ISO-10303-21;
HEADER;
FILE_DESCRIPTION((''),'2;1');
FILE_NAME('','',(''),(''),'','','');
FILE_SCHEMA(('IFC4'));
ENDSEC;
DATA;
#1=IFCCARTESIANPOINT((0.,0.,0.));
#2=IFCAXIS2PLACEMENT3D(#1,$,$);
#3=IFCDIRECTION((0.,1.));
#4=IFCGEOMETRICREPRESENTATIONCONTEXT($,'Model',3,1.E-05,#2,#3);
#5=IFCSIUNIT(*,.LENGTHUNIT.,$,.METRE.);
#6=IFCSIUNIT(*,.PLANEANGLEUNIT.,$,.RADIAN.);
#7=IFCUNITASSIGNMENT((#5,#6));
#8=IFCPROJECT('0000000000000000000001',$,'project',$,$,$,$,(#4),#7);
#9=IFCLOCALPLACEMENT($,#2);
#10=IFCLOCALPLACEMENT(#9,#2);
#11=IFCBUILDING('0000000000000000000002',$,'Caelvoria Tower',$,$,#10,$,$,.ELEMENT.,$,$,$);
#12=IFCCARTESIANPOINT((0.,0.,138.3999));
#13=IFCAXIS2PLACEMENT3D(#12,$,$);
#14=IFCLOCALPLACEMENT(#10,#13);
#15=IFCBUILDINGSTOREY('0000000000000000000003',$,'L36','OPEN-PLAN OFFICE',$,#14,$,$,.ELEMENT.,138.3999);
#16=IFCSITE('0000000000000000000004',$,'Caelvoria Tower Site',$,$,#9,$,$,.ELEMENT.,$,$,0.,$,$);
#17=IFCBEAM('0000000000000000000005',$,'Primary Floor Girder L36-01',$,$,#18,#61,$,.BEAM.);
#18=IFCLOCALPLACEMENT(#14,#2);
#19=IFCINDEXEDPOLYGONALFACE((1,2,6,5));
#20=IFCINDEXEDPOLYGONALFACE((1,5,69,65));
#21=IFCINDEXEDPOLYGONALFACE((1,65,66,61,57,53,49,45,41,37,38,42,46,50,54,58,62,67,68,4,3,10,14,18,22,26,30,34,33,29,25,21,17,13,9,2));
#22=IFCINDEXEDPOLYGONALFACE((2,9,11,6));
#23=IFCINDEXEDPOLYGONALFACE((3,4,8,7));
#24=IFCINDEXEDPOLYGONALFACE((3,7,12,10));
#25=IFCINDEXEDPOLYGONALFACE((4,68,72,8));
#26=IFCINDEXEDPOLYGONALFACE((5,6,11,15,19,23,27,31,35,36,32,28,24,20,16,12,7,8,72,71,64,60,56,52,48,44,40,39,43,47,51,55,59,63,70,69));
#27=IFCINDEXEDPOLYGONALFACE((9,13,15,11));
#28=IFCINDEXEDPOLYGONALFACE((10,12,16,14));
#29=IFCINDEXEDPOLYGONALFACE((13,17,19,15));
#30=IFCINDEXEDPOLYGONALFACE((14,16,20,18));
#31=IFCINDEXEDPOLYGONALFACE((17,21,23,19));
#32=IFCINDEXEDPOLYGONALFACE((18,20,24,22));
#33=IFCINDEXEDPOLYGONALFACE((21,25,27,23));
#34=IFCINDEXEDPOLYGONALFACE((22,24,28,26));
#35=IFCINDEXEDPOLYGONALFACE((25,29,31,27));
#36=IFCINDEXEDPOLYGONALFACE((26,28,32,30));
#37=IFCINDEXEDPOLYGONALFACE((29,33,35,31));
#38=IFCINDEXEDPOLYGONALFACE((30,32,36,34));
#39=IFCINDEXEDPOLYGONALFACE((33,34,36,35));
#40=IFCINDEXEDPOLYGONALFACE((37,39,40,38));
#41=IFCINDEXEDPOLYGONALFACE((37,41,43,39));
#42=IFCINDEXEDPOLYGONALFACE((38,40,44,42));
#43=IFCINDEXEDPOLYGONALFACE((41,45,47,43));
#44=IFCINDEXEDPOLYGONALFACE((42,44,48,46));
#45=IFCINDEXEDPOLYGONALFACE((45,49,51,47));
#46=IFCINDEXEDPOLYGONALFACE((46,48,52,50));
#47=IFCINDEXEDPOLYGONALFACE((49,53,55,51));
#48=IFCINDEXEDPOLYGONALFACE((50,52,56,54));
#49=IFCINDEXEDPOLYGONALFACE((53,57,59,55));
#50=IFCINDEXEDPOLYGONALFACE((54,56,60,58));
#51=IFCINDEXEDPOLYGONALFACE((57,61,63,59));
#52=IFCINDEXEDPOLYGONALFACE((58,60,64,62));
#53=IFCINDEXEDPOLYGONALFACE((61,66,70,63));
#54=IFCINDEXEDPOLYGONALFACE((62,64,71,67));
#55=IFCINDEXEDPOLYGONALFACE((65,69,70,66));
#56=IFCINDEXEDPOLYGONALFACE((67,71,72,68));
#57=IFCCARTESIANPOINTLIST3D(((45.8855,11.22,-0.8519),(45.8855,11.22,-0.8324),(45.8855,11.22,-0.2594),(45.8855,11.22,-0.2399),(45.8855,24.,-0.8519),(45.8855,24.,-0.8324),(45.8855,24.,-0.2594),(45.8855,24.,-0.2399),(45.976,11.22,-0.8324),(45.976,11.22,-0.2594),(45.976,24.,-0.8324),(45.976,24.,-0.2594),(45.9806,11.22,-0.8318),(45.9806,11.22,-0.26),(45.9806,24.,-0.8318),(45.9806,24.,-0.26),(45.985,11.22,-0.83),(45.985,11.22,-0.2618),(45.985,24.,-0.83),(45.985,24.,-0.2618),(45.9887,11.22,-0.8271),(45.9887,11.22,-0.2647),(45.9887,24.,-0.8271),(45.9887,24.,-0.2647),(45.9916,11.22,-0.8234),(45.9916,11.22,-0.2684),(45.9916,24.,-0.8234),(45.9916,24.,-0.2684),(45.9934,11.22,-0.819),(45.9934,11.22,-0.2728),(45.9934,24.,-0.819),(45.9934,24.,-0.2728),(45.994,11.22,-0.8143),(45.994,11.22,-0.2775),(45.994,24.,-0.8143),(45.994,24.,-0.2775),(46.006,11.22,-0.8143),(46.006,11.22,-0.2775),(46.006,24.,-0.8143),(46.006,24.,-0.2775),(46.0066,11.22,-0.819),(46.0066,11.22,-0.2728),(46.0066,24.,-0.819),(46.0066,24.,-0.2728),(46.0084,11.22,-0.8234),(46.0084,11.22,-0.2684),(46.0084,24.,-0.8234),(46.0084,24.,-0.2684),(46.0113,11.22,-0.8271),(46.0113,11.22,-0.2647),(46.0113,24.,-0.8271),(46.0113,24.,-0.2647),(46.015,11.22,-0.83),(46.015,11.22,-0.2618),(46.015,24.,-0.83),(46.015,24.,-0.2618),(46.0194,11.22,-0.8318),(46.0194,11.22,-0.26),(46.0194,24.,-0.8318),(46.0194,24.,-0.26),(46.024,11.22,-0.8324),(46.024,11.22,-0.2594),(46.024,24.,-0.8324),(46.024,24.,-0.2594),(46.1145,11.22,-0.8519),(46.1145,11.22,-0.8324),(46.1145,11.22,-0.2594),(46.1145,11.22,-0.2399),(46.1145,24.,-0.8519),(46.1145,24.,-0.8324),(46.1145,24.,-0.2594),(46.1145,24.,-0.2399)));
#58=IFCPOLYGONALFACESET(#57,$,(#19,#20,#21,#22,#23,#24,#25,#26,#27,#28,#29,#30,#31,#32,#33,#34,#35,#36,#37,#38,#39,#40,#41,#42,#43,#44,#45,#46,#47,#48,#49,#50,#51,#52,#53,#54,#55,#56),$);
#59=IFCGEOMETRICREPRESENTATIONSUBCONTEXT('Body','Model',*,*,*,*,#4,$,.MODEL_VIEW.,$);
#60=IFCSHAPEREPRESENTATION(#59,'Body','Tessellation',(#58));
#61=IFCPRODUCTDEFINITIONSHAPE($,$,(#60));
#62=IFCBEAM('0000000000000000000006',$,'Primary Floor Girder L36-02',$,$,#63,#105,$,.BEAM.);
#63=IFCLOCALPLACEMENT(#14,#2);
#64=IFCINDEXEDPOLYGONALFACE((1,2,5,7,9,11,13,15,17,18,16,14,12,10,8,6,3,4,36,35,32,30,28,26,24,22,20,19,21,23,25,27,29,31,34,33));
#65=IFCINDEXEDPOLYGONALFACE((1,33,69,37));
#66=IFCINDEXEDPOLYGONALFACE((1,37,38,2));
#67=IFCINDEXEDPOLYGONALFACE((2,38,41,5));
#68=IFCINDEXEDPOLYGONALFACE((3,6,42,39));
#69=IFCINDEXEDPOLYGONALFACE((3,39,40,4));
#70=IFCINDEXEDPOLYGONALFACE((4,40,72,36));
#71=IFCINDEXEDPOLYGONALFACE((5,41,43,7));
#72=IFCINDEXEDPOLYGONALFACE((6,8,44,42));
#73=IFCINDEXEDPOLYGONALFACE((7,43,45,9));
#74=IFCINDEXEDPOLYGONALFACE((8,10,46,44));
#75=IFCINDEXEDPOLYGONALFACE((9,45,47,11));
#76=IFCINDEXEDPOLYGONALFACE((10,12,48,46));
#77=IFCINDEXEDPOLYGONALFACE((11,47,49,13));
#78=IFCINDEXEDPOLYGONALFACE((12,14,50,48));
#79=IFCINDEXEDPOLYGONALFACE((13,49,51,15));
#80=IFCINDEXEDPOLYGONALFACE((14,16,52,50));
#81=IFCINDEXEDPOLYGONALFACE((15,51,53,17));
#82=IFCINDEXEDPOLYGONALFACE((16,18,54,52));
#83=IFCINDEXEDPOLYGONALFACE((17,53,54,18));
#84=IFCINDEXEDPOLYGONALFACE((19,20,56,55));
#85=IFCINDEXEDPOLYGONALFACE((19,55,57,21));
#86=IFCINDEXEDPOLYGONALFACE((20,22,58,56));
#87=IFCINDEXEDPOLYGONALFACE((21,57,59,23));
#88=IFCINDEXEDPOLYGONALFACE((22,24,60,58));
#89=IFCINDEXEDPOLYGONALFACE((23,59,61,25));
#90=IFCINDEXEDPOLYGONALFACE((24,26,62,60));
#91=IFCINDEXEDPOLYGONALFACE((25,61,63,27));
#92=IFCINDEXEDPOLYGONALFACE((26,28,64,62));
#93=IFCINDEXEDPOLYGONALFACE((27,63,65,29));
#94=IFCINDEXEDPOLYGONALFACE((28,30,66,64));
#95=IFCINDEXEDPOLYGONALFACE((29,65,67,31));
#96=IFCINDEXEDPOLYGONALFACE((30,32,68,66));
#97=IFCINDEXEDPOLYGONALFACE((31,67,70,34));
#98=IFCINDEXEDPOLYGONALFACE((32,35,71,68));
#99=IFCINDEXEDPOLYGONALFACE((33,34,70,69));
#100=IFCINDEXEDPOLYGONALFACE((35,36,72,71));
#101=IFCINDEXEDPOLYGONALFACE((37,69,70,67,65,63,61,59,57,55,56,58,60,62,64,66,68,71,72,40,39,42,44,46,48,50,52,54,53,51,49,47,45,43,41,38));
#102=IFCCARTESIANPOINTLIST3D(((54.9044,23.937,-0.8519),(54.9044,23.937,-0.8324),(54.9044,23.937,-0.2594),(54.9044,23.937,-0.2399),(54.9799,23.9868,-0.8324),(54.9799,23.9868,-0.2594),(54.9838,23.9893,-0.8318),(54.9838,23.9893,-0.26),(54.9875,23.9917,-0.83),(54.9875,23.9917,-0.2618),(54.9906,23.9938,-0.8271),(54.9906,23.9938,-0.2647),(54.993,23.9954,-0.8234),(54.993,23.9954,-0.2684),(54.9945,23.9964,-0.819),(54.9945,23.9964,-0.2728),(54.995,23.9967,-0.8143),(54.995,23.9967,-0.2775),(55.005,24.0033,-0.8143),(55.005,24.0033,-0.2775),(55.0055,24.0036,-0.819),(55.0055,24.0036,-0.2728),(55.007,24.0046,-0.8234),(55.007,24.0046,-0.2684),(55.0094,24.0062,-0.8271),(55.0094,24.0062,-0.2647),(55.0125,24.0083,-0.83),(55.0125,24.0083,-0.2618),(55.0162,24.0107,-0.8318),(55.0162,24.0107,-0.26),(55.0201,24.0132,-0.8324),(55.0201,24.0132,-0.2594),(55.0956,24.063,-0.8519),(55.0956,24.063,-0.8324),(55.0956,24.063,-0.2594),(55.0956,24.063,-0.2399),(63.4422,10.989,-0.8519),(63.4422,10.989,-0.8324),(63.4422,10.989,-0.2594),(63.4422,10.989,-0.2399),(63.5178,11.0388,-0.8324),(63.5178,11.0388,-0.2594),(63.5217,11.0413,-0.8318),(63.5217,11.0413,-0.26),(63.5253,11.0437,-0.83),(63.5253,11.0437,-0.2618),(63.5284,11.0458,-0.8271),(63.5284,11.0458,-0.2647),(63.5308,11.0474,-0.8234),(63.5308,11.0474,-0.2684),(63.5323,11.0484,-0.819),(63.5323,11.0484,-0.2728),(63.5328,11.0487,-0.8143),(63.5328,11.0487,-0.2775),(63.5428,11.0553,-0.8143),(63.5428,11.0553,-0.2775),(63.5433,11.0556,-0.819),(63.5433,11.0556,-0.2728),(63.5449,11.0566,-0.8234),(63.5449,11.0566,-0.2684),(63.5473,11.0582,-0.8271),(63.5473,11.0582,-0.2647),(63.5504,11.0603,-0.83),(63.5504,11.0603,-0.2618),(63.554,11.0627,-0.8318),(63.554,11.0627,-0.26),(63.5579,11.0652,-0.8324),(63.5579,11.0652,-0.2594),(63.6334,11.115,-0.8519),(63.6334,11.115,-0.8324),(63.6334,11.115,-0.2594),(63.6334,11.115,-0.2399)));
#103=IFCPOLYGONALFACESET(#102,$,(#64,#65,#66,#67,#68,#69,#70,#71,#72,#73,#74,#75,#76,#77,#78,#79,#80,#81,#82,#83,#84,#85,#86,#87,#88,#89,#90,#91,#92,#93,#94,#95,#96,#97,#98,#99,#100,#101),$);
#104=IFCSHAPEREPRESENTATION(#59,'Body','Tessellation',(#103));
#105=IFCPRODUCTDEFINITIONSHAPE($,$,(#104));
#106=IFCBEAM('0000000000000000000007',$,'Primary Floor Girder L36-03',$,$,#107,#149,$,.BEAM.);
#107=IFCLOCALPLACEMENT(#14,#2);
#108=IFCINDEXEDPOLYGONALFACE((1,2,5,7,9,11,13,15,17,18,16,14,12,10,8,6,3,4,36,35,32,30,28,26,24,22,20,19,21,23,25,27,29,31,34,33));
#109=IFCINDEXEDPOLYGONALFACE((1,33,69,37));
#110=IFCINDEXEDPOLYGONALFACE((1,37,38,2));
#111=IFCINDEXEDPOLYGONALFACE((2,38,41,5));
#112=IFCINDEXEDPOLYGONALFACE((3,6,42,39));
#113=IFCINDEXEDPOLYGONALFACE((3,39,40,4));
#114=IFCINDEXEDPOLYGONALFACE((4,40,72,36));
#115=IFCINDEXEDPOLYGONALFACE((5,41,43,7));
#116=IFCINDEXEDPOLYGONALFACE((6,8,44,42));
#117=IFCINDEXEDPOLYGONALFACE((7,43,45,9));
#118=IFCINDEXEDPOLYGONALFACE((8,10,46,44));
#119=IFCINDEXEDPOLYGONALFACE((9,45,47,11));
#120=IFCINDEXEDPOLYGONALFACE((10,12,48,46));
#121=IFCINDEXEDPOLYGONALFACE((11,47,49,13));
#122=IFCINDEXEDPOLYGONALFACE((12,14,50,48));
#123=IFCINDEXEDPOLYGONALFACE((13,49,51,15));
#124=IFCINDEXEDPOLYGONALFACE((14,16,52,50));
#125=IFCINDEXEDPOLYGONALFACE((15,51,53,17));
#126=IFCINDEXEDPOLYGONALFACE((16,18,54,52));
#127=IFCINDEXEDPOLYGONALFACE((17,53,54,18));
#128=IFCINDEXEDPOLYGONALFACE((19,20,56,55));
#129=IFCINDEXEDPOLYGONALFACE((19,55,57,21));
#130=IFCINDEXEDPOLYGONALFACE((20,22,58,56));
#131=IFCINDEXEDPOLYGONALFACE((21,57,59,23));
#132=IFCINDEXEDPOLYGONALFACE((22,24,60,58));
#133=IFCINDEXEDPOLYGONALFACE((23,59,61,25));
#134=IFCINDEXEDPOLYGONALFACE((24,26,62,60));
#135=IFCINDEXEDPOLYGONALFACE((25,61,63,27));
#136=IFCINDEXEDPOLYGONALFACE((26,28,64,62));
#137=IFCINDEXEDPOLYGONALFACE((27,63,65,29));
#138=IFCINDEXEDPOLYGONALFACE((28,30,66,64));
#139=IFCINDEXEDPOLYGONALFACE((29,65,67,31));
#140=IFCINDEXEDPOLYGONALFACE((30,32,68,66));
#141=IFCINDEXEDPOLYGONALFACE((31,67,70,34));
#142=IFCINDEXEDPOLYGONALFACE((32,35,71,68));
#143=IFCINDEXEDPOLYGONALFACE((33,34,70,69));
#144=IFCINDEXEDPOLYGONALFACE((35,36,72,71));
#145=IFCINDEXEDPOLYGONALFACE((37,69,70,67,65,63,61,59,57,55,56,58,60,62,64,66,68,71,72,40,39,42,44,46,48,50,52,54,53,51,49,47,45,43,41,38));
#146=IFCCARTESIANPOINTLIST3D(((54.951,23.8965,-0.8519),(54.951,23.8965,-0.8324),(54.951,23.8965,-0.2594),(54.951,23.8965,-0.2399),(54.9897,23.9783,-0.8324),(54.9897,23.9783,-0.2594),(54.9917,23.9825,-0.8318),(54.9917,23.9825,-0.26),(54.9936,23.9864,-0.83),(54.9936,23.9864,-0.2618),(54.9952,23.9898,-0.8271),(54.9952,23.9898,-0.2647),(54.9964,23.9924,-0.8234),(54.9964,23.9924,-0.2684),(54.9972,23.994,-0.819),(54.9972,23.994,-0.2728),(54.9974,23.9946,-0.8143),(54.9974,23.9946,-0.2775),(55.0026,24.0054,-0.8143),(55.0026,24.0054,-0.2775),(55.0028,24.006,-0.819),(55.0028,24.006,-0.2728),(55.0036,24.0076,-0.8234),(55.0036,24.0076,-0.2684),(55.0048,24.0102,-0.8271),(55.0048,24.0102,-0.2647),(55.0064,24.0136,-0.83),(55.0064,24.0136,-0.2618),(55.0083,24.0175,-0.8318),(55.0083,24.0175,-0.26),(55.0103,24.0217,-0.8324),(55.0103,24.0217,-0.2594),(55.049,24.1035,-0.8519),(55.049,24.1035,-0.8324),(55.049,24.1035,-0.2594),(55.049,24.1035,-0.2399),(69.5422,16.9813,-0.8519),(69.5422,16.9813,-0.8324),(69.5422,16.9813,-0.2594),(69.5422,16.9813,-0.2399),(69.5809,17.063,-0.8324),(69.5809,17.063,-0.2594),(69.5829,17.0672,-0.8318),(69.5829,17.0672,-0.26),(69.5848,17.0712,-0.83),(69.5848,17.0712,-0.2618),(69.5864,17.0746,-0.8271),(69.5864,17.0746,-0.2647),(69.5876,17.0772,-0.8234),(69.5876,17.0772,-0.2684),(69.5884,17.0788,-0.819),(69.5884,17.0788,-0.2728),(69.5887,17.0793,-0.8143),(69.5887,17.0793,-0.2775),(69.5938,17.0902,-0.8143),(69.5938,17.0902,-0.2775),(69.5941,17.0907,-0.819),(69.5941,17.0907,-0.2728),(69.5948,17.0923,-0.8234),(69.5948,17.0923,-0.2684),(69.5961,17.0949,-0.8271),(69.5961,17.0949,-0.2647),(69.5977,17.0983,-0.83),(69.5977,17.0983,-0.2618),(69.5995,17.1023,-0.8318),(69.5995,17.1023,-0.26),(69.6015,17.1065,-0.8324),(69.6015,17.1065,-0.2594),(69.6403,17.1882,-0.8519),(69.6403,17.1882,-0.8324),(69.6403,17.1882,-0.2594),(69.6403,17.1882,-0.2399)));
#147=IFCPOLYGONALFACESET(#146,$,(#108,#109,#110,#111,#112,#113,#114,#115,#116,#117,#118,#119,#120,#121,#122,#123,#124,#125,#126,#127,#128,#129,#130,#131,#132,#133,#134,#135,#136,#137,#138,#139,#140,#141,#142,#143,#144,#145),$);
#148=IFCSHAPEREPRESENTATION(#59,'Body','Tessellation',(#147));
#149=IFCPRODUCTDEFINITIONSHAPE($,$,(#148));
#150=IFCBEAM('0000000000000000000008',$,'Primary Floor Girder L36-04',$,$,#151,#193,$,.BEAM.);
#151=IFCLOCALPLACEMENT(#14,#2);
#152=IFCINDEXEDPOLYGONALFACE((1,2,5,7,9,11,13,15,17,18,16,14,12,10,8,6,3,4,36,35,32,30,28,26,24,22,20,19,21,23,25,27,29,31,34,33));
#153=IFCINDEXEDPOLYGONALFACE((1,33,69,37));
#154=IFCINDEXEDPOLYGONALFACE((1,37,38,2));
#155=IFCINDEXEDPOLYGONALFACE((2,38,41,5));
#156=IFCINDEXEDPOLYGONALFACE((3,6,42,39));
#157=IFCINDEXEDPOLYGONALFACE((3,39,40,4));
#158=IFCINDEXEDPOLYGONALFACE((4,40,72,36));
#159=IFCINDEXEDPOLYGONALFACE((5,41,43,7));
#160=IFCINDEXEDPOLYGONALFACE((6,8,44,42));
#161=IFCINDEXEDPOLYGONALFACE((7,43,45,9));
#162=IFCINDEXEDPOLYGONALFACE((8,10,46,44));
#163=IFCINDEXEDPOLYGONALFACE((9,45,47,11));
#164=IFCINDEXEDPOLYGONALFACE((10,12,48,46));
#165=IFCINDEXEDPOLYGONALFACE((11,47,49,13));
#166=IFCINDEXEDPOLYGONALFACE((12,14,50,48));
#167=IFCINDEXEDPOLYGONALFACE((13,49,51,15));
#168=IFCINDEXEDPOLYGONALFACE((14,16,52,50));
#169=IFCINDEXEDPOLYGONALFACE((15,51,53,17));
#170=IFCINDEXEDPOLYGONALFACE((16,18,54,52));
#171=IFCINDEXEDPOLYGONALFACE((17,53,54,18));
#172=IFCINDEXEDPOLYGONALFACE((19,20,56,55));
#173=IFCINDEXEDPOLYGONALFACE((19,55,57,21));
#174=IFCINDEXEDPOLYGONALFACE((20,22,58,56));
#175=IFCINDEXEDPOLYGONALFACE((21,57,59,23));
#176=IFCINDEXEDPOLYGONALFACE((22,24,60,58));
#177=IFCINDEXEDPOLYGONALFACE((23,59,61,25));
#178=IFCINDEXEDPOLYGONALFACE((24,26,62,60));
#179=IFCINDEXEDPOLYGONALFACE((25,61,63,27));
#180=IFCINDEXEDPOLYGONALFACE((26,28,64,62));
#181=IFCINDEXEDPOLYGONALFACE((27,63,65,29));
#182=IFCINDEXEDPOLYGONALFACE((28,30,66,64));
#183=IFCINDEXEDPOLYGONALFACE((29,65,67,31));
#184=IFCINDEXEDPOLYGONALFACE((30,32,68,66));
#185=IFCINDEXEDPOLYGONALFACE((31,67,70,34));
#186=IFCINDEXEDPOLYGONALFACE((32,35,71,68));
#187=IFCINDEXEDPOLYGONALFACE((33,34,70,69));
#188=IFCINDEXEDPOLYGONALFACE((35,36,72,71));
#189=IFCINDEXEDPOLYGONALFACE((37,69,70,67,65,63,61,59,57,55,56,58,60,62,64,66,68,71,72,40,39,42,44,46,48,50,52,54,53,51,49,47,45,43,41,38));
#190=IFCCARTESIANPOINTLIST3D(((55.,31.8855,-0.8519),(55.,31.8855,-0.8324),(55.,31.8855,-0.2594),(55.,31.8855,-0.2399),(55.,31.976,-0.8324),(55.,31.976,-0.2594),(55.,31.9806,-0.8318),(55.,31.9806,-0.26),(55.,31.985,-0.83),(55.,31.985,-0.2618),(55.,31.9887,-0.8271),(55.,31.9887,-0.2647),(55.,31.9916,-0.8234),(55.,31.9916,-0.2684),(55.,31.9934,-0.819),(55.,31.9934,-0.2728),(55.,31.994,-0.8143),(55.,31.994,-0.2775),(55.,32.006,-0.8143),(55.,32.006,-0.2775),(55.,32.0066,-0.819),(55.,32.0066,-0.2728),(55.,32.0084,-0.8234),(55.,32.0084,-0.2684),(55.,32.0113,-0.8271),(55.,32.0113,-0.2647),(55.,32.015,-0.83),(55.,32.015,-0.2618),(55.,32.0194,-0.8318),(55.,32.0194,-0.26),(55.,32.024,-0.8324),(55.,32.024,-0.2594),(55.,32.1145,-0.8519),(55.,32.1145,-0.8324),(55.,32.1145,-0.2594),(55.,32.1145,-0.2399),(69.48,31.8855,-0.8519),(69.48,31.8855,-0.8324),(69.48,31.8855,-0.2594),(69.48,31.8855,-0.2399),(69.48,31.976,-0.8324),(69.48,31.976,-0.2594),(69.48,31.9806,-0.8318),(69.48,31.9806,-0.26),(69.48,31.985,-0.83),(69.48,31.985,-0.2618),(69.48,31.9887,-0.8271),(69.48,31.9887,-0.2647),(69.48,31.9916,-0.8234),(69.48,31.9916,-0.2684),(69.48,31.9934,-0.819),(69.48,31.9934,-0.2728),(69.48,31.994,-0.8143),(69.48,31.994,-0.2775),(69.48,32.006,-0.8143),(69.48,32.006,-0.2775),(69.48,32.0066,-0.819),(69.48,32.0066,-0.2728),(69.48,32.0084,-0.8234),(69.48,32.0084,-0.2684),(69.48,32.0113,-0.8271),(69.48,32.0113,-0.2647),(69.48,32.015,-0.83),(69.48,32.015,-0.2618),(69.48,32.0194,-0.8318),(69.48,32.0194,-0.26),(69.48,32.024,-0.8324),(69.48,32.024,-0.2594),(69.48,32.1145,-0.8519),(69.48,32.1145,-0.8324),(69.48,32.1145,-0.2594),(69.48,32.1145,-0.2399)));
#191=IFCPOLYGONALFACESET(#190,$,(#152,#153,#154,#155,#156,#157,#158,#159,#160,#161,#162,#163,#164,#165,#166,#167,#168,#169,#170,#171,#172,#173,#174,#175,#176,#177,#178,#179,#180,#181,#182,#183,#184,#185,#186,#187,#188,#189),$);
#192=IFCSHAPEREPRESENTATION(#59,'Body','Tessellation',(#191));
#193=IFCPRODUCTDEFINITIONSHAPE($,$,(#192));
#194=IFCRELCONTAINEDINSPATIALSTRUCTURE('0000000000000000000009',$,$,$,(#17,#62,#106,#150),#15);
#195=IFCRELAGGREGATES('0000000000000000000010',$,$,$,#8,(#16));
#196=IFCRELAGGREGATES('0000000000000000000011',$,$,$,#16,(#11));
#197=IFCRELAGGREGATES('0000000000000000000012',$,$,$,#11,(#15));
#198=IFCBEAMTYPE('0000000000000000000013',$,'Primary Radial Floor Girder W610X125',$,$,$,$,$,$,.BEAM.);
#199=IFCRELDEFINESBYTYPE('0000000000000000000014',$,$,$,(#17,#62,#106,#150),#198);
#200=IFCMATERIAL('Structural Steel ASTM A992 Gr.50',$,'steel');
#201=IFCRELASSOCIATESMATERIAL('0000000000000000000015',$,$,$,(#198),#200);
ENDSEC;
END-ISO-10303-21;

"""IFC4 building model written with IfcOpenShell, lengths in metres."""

from ifc_helpers import new_model, si_unit, direction, frame, origin, origin_2d, place, context, subcontext, project, spatial, i_section, extrude, material, material_profile, profile_set, type_object, element, save


model = new_model("IFC4")

# Units and contexts
model_context = context("Model", 3, precision=1e-05, world=origin(), true_north=direction((0.0, 1.0)))
body_context = subcontext(model_context, "Body", "Model", "MODEL_VIEW")
ifc_project = project(units=[si_unit("LENGTHUNIT", "METRE"), si_unit("PLANEANGLEUNIT", "RADIAN")], contexts=[model_context])

# Site, building, storey
site_placement = place(None, origin())
site = spatial("IfcSite", under=ifc_project, at=site_placement, Name="Caelvoria Tower Site", CompositionType="ELEMENT", RefElevation=0.0)
building_placement = place(site_placement, origin())
building = spatial("IfcBuilding", under=site, at=building_placement, Name="Caelvoria Tower", CompositionType="ELEMENT")
storey_placement = place(building_placement, frame((0.0, 0.0, 138.3999)))
storey = spatial("IfcBuildingStorey", under=building, at=storey_placement, Name="L36", Description="OPEN-PLAN OFFICE", CompositionType="ELEMENT", Elevation=138.3999)

# Beams
ifc_material_1 = material(Name="Structural Steel ASTM A992 Gr.50", Category="steel")
ifc_material_profile_1 = material_profile(ifc_material_1, i_section(OverallWidth=0.229, OverallDepth=0.6121, WebThickness=0.012, FlangeThickness=0.0195, FilletRadius=0.0181, at=origin_2d()), Name="Structural Steel ASTM A992 Gr.50")
ifc_profile_set_1 = profile_set([ifc_material_profile_1], Name="W610X125 - Structural Steel ASTM A992 Gr.50")
beam_type_1 = type_object("IfcBeamType", Name="Primary Radial Floor Girder W610X125", PredefinedType="BEAM", material=ifc_profile_set_1)
beam_1_placement = place(storey_placement, frame((46.0, 24.0, -0.5459), z_axis=(0.0, -1.0, 0.0), x_axis=(1.0, 0.0, 0.0)))
element("IfcBeam", 1, at=beam_1_placement, inside=storey, type_object=beam_type_1, Name="Primary Floor Girder L36-01", PredefinedType="BEAM", context=body_context, shape_type="SweptSolid", body=[
    extrude(i_section(OverallWidth=0.229, OverallDepth=0.6121, WebThickness=0.012, FlangeThickness=0.0195, FilletRadius=0.0181, at=origin_2d()), origin(), (0.0, 0.0, 1.0), 12.78),
])
beam_2_placement = place(storey_placement, frame((55.0, 24.0, -0.5459), z_axis=(0.55049, -0.834842, 0.0), x_axis=(0.834842, 0.55049, 0.0)))
element("IfcBeam", 2, at=beam_2_placement, inside=storey, type_object=beam_type_1, Name="Primary Floor Girder L36-02", PredefinedType="BEAM", context=body_context, shape_type="SweptSolid", body=[
    extrude(i_section(OverallWidth=0.229, OverallDepth=0.6121, WebThickness=0.012, FlangeThickness=0.0195, FilletRadius=0.0181, at=origin_2d()), origin(), (0.0, 0.0, 1.0), 15.5095),
])
beam_3_placement = place(storey_placement, frame((55.0, 24.0, -0.5459), z_axis=(0.903651, -0.428269, 0.0), x_axis=(0.428269, 0.903651, 0.0)))
element("IfcBeam", 3, at=beam_3_placement, inside=storey, type_object=beam_type_1, Name="Primary Floor Girder L36-03", PredefinedType="BEAM", context=body_context, shape_type="SweptSolid", body=[
    extrude(i_section(OverallWidth=0.229, OverallDepth=0.6121, WebThickness=0.012, FlangeThickness=0.0195, FilletRadius=0.0181, at=origin_2d()), origin(), (0.0, 0.0, 1.0), 16.147),
])
beam_4_placement = place(storey_placement, frame((55.0, 32.0, -0.5459), z_axis=(1.0, 0.0, 0.0), x_axis=(0.0, 1.0, 0.0)))
element("IfcBeam", 4, at=beam_4_placement, inside=storey, type_object=beam_type_1, Name="Primary Floor Girder L36-04", PredefinedType="BEAM", context=body_context, shape_type="SweptSolid", body=[
    extrude(i_section(OverallWidth=0.229, OverallDepth=0.6121, WebThickness=0.012, FlangeThickness=0.0195, FilletRadius=0.0181, at=origin_2d()), origin(), (0.0, 0.0, 1.0), 14.48),
])

save(model, "model.ifc")
